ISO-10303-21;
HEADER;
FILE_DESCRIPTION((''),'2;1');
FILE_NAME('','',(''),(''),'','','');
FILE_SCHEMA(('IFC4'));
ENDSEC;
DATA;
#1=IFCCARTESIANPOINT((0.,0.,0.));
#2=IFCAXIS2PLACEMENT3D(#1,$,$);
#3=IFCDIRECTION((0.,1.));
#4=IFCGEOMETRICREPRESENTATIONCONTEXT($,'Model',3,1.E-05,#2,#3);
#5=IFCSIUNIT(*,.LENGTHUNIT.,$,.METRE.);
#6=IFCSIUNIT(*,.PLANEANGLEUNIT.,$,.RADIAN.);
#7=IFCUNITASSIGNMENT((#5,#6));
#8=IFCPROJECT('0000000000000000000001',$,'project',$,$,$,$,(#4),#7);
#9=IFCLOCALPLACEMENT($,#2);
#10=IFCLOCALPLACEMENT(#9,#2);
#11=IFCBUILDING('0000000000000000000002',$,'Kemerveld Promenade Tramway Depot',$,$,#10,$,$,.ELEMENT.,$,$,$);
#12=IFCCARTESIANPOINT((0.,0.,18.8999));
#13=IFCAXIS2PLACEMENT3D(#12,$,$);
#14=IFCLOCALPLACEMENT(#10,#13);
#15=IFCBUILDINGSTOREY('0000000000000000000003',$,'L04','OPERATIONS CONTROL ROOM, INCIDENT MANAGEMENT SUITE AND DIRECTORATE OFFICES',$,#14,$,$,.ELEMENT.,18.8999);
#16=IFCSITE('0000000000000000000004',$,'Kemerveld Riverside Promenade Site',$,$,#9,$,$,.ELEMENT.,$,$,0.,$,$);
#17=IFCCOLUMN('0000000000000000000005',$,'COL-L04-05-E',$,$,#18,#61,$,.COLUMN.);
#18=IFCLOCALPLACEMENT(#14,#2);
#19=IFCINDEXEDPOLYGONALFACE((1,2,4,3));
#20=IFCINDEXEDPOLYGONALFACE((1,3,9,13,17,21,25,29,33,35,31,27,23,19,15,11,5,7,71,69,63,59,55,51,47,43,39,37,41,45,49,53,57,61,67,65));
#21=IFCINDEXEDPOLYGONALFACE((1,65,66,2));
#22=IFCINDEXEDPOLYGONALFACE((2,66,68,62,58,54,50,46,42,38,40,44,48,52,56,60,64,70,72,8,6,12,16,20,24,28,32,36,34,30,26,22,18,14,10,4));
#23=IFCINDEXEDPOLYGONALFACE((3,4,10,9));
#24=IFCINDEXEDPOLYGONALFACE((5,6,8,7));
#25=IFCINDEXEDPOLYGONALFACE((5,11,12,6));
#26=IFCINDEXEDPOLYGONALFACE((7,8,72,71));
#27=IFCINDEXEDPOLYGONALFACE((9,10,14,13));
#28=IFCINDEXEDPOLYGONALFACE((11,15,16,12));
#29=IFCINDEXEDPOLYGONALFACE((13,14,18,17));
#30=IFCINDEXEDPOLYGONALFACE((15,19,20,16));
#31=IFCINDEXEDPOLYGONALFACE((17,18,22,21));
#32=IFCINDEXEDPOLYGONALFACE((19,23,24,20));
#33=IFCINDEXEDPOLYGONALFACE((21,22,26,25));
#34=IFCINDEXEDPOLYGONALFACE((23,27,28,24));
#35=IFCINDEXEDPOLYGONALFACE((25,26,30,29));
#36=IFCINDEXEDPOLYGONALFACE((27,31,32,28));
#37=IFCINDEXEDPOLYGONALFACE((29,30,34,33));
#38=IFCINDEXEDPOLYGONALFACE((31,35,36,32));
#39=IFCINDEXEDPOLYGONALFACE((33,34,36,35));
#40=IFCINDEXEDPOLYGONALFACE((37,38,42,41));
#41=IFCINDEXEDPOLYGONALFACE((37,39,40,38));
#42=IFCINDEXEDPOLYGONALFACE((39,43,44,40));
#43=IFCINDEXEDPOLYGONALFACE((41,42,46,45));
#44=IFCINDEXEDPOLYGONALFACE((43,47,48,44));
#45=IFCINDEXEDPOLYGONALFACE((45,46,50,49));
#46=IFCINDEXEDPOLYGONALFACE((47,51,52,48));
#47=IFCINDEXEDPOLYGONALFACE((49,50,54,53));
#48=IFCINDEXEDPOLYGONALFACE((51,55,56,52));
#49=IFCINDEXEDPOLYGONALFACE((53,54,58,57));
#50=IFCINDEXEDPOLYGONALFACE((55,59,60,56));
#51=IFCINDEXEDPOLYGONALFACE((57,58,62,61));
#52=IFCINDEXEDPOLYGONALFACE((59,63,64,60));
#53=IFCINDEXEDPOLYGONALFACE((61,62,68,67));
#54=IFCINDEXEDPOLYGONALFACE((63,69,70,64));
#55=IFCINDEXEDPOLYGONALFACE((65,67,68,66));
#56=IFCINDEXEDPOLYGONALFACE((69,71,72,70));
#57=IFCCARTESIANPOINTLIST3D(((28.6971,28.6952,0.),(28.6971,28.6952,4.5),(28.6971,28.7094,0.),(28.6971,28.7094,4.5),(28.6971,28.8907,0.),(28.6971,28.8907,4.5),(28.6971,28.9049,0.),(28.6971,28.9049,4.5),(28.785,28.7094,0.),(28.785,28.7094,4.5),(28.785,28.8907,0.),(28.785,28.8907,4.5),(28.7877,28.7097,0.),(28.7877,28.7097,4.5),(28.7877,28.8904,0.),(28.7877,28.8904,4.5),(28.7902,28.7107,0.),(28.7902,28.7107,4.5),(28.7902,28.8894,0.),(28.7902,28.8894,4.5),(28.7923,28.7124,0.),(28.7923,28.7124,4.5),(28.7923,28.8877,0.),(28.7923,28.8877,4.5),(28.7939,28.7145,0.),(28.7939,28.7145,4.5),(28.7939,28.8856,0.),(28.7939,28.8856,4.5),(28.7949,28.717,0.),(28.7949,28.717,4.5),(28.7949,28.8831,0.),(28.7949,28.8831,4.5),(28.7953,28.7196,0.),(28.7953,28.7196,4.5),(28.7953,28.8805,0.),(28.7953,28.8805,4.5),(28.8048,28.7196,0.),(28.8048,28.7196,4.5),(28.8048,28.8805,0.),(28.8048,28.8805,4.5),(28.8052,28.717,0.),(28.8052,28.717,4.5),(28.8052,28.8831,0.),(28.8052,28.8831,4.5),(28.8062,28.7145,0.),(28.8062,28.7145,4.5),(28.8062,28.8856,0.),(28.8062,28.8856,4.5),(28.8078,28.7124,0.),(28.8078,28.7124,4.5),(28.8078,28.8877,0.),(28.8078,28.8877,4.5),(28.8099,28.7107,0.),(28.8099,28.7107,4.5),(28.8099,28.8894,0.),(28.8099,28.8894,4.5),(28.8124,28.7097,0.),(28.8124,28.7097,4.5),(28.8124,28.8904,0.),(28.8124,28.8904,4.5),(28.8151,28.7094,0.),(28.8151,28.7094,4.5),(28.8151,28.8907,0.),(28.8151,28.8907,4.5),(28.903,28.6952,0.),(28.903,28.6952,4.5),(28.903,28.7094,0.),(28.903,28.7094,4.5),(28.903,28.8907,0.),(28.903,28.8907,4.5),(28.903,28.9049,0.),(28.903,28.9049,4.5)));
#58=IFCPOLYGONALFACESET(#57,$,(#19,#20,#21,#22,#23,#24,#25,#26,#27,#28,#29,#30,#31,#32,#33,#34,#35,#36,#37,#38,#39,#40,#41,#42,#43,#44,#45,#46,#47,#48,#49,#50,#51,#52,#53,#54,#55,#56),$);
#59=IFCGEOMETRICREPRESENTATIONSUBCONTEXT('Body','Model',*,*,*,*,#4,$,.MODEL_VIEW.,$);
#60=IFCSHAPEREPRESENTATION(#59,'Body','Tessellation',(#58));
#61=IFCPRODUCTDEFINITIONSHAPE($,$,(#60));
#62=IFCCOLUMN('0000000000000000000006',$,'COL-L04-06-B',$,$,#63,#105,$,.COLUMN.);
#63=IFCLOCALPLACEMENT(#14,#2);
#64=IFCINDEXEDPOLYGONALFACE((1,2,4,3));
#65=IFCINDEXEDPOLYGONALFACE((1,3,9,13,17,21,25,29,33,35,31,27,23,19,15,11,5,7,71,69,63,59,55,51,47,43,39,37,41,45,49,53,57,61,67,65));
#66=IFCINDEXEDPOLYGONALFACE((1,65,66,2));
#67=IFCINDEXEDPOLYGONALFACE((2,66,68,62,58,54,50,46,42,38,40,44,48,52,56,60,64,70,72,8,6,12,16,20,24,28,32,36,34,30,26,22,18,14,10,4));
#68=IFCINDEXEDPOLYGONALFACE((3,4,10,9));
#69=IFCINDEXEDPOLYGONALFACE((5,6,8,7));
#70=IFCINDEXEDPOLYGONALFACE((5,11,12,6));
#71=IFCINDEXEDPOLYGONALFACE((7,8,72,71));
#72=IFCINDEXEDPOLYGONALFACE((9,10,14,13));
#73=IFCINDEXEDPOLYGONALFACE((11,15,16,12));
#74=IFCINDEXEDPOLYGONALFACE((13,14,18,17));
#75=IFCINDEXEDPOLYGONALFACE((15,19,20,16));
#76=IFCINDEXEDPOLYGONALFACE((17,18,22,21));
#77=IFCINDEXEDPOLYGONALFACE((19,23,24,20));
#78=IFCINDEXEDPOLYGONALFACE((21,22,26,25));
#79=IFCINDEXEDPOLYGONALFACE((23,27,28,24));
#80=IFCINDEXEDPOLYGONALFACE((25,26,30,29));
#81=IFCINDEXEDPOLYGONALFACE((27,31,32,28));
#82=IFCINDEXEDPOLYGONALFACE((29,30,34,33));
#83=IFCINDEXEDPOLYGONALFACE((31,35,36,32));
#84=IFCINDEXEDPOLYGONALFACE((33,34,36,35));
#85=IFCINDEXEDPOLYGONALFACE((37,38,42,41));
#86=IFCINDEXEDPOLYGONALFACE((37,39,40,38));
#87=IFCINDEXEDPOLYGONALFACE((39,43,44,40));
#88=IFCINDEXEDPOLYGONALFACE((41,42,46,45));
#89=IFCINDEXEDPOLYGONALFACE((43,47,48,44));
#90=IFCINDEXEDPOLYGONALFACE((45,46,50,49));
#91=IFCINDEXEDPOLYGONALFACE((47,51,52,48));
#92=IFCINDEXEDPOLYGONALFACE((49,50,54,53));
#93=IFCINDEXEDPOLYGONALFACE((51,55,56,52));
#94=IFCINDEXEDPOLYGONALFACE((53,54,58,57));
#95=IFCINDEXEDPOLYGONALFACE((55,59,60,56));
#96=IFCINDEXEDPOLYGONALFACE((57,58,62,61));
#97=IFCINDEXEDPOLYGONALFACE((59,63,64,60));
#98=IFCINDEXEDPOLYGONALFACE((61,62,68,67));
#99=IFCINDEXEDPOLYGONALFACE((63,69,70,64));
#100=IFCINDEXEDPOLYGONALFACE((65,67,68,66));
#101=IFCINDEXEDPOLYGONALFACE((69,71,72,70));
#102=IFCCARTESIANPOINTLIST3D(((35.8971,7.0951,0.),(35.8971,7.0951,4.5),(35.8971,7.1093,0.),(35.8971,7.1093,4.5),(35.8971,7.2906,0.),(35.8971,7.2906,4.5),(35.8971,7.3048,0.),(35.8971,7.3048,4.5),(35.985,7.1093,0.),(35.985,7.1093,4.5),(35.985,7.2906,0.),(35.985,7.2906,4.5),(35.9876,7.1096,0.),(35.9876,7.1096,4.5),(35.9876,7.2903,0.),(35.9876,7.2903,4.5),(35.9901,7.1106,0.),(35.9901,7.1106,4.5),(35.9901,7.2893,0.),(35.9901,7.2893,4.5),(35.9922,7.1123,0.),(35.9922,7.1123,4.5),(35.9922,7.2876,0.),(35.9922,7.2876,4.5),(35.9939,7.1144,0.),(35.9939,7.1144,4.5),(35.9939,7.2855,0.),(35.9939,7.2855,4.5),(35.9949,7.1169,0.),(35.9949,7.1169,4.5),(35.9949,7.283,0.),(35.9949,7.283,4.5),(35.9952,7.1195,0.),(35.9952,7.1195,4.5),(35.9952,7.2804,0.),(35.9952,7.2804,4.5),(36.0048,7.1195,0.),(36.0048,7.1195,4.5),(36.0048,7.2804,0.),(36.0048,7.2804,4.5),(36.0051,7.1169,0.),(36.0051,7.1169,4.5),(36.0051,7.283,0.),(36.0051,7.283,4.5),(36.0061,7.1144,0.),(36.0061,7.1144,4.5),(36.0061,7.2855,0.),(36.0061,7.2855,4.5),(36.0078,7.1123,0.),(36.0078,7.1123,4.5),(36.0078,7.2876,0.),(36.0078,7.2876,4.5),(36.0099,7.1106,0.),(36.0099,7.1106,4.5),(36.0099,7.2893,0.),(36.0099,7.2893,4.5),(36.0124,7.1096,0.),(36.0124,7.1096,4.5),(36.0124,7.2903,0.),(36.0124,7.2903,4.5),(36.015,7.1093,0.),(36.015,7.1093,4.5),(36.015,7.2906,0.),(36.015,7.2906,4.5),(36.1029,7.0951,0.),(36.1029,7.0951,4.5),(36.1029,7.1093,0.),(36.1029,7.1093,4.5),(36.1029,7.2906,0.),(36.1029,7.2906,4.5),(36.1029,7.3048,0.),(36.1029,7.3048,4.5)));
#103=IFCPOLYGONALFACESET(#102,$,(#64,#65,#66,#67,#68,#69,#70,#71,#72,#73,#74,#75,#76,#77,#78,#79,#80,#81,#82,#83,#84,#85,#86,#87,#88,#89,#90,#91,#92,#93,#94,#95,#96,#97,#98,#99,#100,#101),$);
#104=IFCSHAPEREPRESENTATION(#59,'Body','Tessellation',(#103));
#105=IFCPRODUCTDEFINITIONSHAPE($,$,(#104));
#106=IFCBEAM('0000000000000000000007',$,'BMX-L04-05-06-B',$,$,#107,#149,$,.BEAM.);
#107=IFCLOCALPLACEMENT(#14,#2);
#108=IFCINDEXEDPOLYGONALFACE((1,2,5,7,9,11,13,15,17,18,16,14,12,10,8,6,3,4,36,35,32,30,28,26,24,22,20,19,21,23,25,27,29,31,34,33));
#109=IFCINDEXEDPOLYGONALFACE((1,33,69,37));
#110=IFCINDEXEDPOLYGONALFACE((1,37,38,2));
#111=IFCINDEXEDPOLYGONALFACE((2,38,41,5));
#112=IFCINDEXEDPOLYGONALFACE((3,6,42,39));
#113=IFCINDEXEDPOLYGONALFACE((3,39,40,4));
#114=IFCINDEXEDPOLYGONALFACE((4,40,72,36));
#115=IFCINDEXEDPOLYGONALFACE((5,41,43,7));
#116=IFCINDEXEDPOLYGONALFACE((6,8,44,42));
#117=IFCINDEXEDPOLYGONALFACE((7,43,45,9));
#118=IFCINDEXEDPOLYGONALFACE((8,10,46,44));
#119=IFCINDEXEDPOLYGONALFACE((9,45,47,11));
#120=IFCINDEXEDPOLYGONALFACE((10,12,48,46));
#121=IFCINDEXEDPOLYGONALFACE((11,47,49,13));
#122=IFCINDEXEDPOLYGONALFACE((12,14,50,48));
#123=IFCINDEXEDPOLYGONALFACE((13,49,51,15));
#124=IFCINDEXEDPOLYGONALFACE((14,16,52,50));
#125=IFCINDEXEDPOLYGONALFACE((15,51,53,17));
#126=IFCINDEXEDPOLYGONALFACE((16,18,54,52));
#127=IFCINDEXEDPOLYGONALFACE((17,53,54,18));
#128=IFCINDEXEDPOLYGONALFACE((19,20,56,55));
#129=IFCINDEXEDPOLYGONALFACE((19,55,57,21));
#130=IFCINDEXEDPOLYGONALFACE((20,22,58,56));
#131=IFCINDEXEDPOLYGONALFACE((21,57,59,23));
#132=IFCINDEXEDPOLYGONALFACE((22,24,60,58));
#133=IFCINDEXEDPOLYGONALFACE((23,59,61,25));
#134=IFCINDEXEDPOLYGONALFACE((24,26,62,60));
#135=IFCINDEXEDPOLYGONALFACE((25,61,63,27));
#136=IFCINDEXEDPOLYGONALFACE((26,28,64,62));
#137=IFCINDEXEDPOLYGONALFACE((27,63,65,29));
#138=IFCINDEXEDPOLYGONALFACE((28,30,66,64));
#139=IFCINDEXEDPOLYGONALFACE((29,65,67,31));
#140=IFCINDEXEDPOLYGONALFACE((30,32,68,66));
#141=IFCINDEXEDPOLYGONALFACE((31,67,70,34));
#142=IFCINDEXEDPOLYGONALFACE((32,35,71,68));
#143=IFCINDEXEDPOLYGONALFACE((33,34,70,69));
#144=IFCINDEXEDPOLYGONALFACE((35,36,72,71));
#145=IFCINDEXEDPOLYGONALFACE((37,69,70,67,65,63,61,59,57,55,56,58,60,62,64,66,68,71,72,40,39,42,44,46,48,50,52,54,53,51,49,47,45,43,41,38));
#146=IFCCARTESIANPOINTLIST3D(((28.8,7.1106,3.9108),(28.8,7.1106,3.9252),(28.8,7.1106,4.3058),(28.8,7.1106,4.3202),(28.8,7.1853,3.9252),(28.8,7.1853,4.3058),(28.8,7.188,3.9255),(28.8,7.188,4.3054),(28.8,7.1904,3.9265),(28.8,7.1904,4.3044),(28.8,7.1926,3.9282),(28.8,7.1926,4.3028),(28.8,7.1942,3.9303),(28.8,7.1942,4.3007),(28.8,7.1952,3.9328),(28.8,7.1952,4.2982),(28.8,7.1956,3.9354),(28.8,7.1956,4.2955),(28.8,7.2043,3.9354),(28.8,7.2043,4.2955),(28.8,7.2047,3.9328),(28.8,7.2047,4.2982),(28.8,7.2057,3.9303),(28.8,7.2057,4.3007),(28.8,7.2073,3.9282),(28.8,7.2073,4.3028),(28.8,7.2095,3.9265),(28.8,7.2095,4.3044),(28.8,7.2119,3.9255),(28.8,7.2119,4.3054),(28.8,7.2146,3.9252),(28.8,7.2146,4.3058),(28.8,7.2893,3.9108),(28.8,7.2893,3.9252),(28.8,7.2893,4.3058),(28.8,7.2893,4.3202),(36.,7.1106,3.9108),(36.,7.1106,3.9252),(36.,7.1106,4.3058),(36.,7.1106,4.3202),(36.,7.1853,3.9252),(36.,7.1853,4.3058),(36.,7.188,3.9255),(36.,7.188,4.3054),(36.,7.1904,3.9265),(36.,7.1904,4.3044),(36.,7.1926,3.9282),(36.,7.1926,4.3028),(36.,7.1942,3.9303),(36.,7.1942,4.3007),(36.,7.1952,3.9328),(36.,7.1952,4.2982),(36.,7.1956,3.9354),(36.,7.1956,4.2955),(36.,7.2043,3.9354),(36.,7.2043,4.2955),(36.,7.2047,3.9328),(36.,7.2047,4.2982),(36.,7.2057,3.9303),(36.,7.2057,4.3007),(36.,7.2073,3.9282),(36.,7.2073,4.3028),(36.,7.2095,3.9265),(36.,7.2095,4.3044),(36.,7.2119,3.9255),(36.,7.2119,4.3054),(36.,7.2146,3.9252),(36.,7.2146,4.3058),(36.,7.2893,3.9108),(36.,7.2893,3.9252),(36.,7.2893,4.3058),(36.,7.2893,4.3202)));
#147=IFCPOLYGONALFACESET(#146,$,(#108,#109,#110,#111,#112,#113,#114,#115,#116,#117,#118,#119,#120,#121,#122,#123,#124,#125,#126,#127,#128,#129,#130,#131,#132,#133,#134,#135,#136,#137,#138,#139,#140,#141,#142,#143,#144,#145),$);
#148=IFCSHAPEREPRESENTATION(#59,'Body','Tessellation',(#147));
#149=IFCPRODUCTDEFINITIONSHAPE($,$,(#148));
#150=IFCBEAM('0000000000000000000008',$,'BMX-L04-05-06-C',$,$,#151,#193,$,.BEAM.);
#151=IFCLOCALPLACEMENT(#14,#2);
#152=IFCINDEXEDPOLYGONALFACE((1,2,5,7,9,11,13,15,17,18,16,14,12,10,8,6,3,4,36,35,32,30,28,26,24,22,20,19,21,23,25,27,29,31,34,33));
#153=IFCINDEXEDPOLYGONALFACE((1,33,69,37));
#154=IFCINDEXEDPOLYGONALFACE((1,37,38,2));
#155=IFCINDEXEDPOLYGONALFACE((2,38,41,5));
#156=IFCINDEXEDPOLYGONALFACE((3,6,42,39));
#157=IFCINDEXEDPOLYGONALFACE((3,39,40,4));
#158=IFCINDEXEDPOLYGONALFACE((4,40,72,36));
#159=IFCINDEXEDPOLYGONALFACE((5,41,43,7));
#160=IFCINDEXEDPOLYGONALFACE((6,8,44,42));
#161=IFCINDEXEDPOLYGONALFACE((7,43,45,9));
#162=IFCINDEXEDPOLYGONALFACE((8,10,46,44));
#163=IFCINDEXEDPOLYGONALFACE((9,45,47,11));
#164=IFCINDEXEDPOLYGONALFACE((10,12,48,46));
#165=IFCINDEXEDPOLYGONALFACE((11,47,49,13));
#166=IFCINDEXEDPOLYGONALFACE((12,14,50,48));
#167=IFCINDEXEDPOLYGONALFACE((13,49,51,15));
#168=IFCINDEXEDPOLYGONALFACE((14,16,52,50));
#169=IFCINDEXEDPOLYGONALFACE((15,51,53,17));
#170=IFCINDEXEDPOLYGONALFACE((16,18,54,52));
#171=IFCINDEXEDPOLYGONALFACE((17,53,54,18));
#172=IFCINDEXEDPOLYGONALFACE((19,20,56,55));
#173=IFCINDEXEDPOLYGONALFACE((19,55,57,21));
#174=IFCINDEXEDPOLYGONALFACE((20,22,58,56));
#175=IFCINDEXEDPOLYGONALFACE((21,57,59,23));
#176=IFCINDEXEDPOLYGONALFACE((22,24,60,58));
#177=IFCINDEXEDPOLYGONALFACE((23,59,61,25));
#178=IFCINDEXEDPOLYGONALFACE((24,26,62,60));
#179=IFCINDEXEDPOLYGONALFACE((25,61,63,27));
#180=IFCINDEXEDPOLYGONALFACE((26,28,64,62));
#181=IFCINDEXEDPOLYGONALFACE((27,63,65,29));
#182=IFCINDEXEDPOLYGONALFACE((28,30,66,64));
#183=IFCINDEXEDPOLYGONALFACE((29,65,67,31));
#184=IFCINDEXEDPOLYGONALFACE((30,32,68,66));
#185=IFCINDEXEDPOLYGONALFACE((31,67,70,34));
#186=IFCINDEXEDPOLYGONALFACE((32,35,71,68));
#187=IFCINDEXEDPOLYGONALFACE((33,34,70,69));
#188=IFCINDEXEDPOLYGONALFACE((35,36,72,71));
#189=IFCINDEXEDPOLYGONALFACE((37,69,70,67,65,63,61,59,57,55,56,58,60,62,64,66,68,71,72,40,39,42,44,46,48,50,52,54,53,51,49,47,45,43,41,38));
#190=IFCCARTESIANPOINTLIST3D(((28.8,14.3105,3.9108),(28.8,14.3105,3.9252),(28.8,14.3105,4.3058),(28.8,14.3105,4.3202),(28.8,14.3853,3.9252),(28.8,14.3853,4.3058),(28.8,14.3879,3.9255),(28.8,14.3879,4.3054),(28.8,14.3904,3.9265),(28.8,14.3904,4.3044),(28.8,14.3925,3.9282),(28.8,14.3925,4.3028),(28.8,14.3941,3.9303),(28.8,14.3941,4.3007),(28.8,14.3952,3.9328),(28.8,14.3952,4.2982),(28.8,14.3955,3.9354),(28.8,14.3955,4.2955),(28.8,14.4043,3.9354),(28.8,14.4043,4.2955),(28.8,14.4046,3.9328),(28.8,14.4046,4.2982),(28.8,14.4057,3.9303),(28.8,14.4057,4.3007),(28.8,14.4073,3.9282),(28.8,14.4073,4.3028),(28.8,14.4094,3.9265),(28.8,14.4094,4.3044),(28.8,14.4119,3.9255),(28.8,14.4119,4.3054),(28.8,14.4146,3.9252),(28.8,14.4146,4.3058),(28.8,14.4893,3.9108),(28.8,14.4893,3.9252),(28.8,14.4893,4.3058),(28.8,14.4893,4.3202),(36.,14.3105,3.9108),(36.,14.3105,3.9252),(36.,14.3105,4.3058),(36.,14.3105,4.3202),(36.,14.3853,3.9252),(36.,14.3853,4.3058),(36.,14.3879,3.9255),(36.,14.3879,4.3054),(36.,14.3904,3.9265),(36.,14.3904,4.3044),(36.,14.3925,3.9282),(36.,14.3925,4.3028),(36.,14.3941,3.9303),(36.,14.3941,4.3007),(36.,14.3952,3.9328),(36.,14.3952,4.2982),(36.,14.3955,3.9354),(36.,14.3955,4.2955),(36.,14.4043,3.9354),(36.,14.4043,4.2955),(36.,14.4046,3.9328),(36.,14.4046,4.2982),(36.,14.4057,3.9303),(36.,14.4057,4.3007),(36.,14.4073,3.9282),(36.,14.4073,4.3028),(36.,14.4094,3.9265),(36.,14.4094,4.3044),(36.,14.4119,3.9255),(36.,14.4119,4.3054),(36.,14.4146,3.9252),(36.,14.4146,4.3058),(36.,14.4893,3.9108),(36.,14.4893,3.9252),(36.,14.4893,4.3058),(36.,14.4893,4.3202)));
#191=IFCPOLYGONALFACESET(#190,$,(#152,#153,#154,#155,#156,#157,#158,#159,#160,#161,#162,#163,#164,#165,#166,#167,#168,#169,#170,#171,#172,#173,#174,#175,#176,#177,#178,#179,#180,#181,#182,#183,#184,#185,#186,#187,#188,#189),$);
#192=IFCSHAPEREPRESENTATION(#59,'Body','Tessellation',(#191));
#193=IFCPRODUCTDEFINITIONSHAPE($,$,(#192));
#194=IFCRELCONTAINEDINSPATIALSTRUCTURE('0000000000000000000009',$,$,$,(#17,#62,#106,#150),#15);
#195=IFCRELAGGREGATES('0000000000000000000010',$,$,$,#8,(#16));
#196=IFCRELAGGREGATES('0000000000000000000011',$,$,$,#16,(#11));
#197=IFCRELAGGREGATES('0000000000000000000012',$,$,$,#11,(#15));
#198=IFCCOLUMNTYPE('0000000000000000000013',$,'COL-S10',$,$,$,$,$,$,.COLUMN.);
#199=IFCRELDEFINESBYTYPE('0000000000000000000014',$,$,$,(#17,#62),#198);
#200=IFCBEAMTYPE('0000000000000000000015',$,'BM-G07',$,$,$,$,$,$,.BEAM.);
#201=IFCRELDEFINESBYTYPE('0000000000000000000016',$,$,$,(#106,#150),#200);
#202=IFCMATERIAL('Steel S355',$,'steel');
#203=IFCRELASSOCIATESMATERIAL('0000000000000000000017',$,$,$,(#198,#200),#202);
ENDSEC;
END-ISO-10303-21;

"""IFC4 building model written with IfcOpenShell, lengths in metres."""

from ifc_helpers import new_model, si_unit, direction, frame, origin, origin_2d, place, context, subcontext, project, spatial, i_section, extrude, material, material_profile, profile_set, type_object, element, save


model = new_model("IFC4")

# Units and contexts
model_context = context("Model", 3, precision=1e-05, world=origin(), true_north=direction((0.0, 1.0)))
body_context = subcontext(model_context, "Body", "Model", "MODEL_VIEW")
ifc_project = project(units=[si_unit("LENGTHUNIT", "METRE"), si_unit("PLANEANGLEUNIT", "RADIAN")], contexts=[model_context])

# Site, building, storey
site_placement = place(None, origin())
site = spatial("IfcSite", under=ifc_project, at=site_placement, Name="Kemerveld Riverside Promenade Site", CompositionType="ELEMENT", RefElevation=0.0)
building_placement = place(site_placement, origin())
building = spatial("IfcBuilding", under=site, at=building_placement, Name="Kemerveld Promenade Tramway Depot", CompositionType="ELEMENT")
storey_placement = place(building_placement, frame((0.0, 0.0, 18.8999)))
storey = spatial("IfcBuildingStorey", under=building, at=storey_placement, Name="L04", Description="OPERATIONS CONTROL ROOM, INCIDENT MANAGEMENT SUITE AND DIRECTORATE OFFICES", CompositionType="ELEMENT", Elevation=18.8999)

# Columns
ifc_material = material(Name="Steel S355", Category="steel")
ifc_material_profile_1 = material_profile(ifc_material, i_section(OverallWidth=0.2058, OverallDepth=0.2097, WebThickness=0.0095, FlangeThickness=0.0142, FilletRadius=0.0103, at=origin_2d()), Name="203x203x60 UC")
ifc_profile_set_1 = profile_set([ifc_material_profile_1], Name="Steel S355")
column_type = type_object("IfcColumnType", Name="COL-S10", PredefinedType="COLUMN", material=ifc_profile_set_1)
for number, where, z_axis, x_axis, name in (
    (1, (28.8, 28.8, 0.0), (0.0, 0.0, 1.0), (1.0, 0.0, 0.0), "COL-L04-05-E"),
    (2, (36.0, 7.2, 0.0), (0.0, 0.0, 1.0), (1.0, 0.0, 0.0), "COL-L04-06-B"),
):
    element("IfcColumn", number, at=place(storey_placement, frame(where, z_axis=z_axis, x_axis=x_axis)), inside=storey, type_object=column_type, Name=name, PredefinedType="COLUMN", context=body_context, shape_type="SweptSolid", body=[
        extrude(i_section(OverallWidth=0.2058, OverallDepth=0.2097, WebThickness=0.0095, FlangeThickness=0.0142, FilletRadius=0.0103, at=origin_2d()), origin(), (0.0, 0.0, 1.0), 4.5),
    ])

# Beams
ifc_material_profile_2 = material_profile(ifc_material, i_section(OverallWidth=0.1787, OverallDepth=0.4094, WebThickness=0.0088, FlangeThickness=0.0144, FilletRadius=0.0103, at=origin_2d()), Name="406x178x67 UB")
ifc_profile_set_2 = profile_set([ifc_material_profile_2], Name="Steel S355")
beam_type_1 = type_object("IfcBeamType", Name="BM-G07", PredefinedType="BEAM", material=ifc_profile_set_2)
for number, where, z_axis, x_axis, name in (
    (3, (28.8, 7.2, 4.1155), (1.0, 0.0, 0.0), (0.0, 1.0, 0.0), "BMX-L04-05-06-B"),
    (4, (28.8, 14.3999, 4.1155), (1.0, 0.0, 0.0), (0.0, 1.0, 0.0), "BMX-L04-05-06-C"),
):
    element("IfcBeam", number, at=place(storey_placement, frame(where, z_axis=z_axis, x_axis=x_axis)), inside=storey, type_object=beam_type_1, Name=name, PredefinedType="BEAM", context=body_context, shape_type="SweptSolid", body=[
        extrude(i_section(OverallWidth=0.1787, OverallDepth=0.4094, WebThickness=0.0088, FlangeThickness=0.0144, FilletRadius=0.0103, at=origin_2d()), origin(), (0.0, 0.0, 1.0), 7.2),
    ])

save(model, "model.ifc")
